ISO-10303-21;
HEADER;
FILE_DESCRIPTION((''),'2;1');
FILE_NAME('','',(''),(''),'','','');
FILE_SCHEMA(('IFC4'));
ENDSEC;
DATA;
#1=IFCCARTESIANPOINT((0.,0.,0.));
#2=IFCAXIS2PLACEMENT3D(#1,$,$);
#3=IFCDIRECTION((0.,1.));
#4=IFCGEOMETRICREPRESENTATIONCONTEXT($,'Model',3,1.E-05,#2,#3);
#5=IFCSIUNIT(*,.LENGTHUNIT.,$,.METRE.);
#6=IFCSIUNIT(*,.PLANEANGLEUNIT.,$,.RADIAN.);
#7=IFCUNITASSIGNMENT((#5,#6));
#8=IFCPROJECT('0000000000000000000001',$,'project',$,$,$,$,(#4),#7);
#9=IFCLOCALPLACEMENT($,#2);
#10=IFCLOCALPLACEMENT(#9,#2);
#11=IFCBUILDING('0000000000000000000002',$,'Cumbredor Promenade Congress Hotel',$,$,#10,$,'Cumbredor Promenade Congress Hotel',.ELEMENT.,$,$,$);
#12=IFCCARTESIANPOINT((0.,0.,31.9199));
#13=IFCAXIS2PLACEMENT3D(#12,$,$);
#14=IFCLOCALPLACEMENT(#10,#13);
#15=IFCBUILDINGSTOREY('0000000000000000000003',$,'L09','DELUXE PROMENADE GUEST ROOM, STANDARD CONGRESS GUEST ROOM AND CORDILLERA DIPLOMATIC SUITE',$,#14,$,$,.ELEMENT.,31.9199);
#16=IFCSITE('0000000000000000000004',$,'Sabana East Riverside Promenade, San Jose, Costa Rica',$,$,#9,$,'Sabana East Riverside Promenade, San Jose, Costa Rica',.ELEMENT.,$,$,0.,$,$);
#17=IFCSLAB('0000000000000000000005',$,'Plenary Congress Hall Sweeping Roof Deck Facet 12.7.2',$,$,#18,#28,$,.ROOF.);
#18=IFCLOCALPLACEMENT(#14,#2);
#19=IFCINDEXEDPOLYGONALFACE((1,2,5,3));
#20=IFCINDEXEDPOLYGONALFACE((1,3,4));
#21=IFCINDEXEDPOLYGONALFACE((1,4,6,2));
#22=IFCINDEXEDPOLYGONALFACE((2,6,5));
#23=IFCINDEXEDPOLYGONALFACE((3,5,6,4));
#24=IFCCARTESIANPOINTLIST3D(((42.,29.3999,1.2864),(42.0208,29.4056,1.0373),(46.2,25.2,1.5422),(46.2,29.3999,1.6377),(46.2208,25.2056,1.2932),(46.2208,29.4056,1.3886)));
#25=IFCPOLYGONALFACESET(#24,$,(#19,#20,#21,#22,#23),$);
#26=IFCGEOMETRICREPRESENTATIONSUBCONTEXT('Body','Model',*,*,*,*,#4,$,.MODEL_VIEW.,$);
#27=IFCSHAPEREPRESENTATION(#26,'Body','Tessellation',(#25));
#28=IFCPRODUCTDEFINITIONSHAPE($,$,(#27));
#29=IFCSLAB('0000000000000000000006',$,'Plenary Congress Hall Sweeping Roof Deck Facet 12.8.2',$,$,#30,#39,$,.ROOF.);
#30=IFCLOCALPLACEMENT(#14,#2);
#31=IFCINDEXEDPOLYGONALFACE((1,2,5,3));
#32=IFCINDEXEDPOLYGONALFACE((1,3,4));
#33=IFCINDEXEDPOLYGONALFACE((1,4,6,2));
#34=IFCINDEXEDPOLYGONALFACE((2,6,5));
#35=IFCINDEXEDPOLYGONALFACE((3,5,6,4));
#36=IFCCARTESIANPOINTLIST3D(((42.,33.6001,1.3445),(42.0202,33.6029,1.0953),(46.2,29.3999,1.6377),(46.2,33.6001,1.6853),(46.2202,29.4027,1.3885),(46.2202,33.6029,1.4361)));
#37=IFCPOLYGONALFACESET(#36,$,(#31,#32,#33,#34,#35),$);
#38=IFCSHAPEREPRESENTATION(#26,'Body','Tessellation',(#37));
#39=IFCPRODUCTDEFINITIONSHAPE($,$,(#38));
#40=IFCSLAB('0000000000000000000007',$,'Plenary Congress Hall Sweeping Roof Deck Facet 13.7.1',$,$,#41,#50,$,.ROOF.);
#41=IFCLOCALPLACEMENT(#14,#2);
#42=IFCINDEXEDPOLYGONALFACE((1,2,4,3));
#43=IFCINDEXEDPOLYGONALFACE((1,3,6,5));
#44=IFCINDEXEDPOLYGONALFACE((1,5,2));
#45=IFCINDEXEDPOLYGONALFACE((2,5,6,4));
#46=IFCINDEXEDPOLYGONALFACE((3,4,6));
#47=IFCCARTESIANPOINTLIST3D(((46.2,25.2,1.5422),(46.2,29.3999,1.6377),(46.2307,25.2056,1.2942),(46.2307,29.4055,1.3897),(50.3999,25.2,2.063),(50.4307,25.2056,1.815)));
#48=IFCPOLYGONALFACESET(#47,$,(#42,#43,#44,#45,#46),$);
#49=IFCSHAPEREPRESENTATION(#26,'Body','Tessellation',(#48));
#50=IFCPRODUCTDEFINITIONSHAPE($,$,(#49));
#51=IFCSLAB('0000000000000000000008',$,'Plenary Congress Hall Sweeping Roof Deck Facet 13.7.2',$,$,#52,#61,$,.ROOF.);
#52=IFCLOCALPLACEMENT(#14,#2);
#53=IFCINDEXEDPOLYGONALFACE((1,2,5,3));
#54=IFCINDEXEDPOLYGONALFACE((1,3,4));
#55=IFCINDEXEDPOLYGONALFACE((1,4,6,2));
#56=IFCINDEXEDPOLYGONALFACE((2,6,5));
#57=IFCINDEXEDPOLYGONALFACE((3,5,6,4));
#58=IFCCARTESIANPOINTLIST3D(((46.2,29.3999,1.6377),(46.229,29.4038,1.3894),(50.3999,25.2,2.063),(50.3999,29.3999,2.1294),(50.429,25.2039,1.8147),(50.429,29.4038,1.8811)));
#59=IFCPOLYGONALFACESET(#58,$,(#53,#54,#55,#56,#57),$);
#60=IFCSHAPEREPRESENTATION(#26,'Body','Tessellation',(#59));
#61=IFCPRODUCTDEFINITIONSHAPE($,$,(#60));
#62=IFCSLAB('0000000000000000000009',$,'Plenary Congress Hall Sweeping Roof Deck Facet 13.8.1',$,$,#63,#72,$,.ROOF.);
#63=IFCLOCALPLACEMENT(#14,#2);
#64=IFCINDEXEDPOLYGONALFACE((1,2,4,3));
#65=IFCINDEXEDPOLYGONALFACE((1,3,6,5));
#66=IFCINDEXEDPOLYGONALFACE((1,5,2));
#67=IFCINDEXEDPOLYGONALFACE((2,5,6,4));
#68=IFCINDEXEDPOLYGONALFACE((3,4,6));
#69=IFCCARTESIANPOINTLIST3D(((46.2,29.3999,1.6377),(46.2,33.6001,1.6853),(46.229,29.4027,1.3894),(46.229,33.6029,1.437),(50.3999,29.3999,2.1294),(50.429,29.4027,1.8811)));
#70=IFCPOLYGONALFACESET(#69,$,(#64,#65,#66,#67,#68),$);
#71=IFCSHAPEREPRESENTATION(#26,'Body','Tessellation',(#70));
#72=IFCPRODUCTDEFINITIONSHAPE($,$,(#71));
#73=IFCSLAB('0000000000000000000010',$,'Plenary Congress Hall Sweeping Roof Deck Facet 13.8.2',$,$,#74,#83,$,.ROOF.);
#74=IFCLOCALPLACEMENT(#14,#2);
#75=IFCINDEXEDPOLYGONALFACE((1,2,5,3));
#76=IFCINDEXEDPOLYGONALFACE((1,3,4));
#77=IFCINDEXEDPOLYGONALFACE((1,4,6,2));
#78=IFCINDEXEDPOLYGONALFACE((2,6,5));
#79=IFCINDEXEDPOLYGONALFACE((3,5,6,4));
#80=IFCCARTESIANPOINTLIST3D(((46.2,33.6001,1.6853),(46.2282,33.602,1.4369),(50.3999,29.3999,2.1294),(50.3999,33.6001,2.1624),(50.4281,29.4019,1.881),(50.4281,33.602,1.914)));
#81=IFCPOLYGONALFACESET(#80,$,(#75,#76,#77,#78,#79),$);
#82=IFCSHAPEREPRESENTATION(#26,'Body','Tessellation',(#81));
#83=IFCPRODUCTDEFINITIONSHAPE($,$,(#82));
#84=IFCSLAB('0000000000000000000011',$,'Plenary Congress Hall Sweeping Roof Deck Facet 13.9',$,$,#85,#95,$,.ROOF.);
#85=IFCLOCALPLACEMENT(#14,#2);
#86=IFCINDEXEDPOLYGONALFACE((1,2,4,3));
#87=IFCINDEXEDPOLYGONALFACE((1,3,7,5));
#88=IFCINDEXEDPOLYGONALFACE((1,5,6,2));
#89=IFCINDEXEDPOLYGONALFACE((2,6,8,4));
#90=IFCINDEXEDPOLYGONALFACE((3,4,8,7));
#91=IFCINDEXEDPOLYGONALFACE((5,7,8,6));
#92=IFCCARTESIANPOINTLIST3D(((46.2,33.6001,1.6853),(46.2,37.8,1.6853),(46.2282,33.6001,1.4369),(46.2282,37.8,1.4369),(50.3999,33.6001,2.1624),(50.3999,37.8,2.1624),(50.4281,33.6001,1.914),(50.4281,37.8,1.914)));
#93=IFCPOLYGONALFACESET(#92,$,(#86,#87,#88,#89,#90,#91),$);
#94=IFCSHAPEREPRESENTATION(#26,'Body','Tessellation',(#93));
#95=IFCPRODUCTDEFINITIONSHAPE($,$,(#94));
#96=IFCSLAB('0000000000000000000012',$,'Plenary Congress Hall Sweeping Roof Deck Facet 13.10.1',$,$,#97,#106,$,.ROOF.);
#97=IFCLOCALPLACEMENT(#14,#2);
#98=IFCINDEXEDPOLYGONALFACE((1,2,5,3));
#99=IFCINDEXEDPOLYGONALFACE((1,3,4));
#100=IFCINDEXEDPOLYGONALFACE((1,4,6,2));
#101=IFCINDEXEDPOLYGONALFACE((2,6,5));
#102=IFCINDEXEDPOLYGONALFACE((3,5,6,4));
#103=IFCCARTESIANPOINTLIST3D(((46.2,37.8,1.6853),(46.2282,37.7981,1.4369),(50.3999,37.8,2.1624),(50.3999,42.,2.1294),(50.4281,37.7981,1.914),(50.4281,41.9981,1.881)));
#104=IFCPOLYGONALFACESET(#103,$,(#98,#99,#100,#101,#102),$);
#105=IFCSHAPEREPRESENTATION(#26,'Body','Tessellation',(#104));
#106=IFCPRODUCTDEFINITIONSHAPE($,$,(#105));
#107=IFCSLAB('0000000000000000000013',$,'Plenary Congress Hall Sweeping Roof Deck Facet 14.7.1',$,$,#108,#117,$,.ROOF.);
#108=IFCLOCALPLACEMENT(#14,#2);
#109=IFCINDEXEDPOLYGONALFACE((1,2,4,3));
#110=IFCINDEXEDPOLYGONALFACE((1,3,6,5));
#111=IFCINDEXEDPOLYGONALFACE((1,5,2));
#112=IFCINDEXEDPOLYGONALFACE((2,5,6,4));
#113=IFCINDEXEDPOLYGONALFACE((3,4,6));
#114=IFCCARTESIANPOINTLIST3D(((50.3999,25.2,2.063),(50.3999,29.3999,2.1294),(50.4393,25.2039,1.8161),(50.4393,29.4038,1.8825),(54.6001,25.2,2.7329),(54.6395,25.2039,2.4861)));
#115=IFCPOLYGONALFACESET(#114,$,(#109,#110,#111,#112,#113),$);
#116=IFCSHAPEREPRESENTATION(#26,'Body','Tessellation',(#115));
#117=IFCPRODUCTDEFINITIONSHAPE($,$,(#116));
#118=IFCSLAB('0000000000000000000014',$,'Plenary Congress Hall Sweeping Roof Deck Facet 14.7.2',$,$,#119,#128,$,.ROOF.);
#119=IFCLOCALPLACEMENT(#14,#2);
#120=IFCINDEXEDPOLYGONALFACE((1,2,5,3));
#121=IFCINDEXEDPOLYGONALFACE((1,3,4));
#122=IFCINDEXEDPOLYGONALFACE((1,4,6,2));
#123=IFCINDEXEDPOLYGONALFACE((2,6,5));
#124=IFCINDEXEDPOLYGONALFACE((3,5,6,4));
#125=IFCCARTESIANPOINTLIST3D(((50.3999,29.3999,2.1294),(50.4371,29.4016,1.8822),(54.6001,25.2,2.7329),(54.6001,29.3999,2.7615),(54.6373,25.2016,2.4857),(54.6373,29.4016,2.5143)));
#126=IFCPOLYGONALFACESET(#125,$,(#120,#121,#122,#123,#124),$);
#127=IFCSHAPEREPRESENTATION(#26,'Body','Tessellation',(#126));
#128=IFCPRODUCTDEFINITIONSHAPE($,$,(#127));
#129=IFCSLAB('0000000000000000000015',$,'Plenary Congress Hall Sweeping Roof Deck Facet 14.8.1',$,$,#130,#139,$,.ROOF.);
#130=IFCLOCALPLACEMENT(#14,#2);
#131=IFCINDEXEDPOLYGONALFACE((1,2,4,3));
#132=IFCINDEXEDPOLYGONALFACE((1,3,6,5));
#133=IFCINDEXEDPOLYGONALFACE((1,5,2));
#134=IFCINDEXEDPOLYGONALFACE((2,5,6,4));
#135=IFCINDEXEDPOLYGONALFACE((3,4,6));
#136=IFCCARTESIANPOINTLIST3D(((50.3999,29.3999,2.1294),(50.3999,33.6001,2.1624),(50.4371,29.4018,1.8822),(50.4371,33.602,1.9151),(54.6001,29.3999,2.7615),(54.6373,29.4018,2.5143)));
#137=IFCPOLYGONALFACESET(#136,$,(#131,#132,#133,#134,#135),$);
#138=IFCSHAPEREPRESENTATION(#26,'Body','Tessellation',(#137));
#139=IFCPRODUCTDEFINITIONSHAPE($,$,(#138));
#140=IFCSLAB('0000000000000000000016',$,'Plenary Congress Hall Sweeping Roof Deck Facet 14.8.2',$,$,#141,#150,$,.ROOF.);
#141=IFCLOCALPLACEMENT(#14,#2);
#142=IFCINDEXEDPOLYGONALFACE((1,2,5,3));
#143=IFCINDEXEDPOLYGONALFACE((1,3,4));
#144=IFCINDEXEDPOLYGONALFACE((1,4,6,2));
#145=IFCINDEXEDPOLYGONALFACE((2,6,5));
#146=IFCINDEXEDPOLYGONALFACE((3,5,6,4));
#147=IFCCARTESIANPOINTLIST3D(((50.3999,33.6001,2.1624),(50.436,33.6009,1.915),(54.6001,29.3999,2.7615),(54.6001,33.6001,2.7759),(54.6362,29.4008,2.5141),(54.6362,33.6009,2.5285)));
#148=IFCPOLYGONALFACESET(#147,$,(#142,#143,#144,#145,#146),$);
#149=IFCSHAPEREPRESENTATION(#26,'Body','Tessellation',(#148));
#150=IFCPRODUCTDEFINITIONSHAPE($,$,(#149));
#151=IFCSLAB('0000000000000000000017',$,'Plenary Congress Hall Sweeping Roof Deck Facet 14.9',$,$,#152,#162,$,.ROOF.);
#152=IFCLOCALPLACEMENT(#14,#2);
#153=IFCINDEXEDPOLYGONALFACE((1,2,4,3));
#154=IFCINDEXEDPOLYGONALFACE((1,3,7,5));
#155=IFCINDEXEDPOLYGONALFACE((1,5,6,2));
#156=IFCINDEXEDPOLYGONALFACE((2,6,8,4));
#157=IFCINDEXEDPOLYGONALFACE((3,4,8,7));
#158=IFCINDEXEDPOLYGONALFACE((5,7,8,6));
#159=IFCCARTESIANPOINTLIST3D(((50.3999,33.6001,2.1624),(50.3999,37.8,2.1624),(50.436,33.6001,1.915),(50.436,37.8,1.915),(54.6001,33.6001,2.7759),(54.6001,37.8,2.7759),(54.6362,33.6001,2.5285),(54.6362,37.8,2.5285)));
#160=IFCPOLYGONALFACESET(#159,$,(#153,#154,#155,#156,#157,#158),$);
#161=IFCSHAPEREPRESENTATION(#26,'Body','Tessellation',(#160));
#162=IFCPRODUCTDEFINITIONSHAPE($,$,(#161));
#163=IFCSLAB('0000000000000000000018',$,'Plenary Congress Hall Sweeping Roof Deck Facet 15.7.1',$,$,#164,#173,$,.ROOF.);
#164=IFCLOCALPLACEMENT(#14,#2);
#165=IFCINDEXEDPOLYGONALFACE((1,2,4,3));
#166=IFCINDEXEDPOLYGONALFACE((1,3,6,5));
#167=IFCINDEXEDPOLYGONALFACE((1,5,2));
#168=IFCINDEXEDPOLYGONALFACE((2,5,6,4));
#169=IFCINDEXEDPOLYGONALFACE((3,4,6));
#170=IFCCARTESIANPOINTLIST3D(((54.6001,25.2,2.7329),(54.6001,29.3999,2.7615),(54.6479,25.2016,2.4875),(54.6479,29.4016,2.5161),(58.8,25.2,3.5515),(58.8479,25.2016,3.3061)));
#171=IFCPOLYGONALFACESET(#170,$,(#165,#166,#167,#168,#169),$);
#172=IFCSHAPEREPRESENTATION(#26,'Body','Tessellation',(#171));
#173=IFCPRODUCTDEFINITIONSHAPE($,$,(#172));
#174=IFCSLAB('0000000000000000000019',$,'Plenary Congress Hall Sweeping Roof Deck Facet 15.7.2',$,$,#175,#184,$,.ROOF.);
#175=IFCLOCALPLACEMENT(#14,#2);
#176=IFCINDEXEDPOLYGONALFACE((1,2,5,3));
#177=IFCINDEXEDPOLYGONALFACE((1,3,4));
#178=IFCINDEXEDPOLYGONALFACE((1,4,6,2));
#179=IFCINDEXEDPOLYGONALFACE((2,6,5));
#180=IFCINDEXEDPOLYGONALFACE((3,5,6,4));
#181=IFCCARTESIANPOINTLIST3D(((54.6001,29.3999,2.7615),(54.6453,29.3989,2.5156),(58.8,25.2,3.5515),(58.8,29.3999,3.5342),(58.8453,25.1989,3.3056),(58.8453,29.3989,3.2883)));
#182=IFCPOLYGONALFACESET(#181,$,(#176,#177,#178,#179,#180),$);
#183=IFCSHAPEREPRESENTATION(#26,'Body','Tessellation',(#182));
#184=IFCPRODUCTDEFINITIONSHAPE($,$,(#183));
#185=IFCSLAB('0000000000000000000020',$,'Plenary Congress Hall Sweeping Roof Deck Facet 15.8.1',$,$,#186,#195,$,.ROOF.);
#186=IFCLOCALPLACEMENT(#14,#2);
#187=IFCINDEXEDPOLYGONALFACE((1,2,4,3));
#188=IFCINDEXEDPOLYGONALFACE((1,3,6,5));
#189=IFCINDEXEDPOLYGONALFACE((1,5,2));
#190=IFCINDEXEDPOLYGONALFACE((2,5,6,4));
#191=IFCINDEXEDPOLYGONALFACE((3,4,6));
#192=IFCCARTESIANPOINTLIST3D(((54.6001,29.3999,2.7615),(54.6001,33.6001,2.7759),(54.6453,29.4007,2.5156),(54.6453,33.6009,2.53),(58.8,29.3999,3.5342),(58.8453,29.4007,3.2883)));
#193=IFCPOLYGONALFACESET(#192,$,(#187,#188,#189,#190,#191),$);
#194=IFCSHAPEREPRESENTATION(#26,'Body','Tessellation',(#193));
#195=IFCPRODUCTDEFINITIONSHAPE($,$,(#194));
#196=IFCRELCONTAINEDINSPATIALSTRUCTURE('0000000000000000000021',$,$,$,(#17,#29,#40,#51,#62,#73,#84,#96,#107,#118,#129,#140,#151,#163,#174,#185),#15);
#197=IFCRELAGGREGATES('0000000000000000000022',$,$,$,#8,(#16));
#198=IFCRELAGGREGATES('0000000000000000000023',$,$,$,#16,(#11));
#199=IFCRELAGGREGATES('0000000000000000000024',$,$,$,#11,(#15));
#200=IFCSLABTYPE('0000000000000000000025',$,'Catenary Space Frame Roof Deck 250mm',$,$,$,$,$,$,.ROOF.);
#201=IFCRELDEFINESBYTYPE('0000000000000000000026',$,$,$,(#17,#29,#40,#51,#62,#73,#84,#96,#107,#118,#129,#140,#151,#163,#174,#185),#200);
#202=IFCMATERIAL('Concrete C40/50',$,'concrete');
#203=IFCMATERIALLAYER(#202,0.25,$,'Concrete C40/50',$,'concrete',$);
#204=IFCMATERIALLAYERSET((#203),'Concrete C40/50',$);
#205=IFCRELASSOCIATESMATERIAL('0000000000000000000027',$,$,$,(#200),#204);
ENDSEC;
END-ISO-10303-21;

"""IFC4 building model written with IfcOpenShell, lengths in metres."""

from ifc_helpers import new_model, si_unit, direction, frame, origin, place, context, subcontext, project, spatial, polyline, outline, extrude, material, layer, layer_set, type_object, element, save


model = new_model("IFC4")

# Units and contexts
model_context = context("Model", 3, precision=1e-05, world=origin(), true_north=direction((0.0, 1.0)))
body_context = subcontext(model_context, "Body", "Model", "MODEL_VIEW")
ifc_project = project(units=[si_unit("LENGTHUNIT", "METRE"), si_unit("PLANEANGLEUNIT", "RADIAN")], contexts=[model_context])

# Site, building, storey
site_placement = place(None, origin())
site = spatial("IfcSite", under=ifc_project, at=site_placement, Name="Sabana East Riverside Promenade, San Jose, Costa Rica", LongName="Sabana East Riverside Promenade, San Jose, Costa Rica", CompositionType="ELEMENT", RefElevation=0.0)
building_placement = place(site_placement, origin())
building = spatial("IfcBuilding", under=site, at=building_placement, Name="Cumbredor Promenade Congress Hotel", LongName="Cumbredor Promenade Congress Hotel", CompositionType="ELEMENT")
storey_placement = place(building_placement, frame((0.0, 0.0, 31.9199)))
storey = spatial("IfcBuildingStorey", under=building, at=storey_placement, Name="L09", Description="DELUXE PROMENADE GUEST ROOM, STANDARD CONGRESS GUEST ROOM AND CORDILLERA DIPLOMATIC SUITE", CompositionType="ELEMENT", Elevation=31.9199)

# Slabs
ifc_material_1 = material(Name="Concrete C40/50", Category="concrete")
ifc_layer_1 = layer(ifc_material_1, 0.25, Name="Concrete C40/50", Category="concrete")
ifc_layer_set_1 = layer_set([ifc_layer_1], Name="Concrete C40/50")
slab_type = type_object("IfcSlabType", Name="Catenary Space Frame Roof Deck 250mm", PredefinedType="ROOF", material=ifc_layer_set_1)
slab_1_placement = place(storey_placement, frame((46.2, 25.2, 1.5422), z_axis=(-0.083336, -0.022644, 0.996264), x_axis=(0.0, 0.999742, 0.022723)))
element("IfcSlab", 1, at=slab_1_placement, inside=storey, type_object=slab_type, Name="Plenary Congress Hall Sweeping Roof Deck Facet 12.7.2", PredefinedType="ROOF", context=body_context, shape_type="SweptSolid", body=[
    extrude(outline(polyline([(0.0, 0.0), (4.201, 0.0), (4.1931, 4.2146), (0.0, 0.0)])), origin(), (0.0, 0.0, -1.0), 0.25),
])
slab_2_placement = place(storey_placement, frame((46.2, 29.3999, 1.6377), z_axis=(-0.080878, -0.011297, 0.99666), x_axis=(0.0, 0.999936, 0.011334)))
element("IfcSlab", 2, at=slab_2_placement, inside=storey, type_object=slab_type, Name="Plenary Congress Hall Sweeping Roof Deck Facet 12.8.2", PredefinedType="ROOF", context=body_context, shape_type="SweptSolid", body=[
    extrude(outline(polyline([(0.0, 0.0), (4.2005, 0.0), (4.1966, 4.2138), (0.0, 0.0)])), origin(), (0.0, 0.0, -1.0), 0.25),
])
slab_3_placement = place(storey_placement, frame((46.2, 25.2, 1.5422), z_axis=(-0.123016, -0.02255, 0.992148), x_axis=(0.992401, 0.0, 0.123048)))
element("IfcSlab", 3, at=slab_3_placement, inside=storey, type_object=slab_type, Name="Plenary Congress Hall Sweeping Roof Deck Facet 13.7.1", PredefinedType="ROOF", context=body_context, shape_type="SweptSolid", body=[
    extrude(outline(polyline([(0.0, 0.0), (4.2321, 0.0), (0.0117, 4.201), (0.0, 0.0)])), origin(), (0.0, 0.0, -1.0), 0.25),
])
slab_4_placement = place(storey_placement, frame((50.3999, 25.2, 2.063), z_axis=(-0.116264, -0.015702, 0.993094), x_axis=(0.0, 0.999875, 0.015809)))
element("IfcSlab", 4, at=slab_4_placement, inside=storey, type_object=slab_type, Name="Plenary Congress Hall Sweeping Roof Deck Facet 13.7.2", PredefinedType="ROOF", context=body_context, shape_type="SweptSolid", body=[
    extrude(outline(polyline([(0.0, 0.0), (4.2005, 0.0), (4.1927, 4.2286), (0.0, 0.0)])), origin(), (0.0, 0.0, -1.0), 0.25),
])
slab_5_placement = place(storey_placement, frame((46.2, 29.3999, 1.6377), z_axis=(-0.116271, -0.011257, 0.993154), x_axis=(0.993217, 0.0, 0.116278)))
element("IfcSlab", 5, at=slab_5_placement, inside=storey, type_object=slab_type, Name="Plenary Congress Hall Sweeping Roof Deck Facet 13.8.1", PredefinedType="ROOF", context=body_context, shape_type="SweptSolid", body=[
    extrude(outline(polyline([(0.0, 0.0), (4.2286, 0.0), (0.0055, 4.2005), (0.0, 0.0)])), origin(), (0.0, 0.0, -1.0), 0.25),
])
slab_6_placement = place(storey_placement, frame((50.3999, 29.3999, 2.1294), z_axis=(-0.112856, -0.007797, 0.993581), x_axis=(0.0, 0.999969, 0.007847)))
element("IfcSlab", 6, at=slab_6_placement, inside=storey, type_object=slab_type, Name="Plenary Congress Hall Sweeping Roof Deck Facet 13.8.2", PredefinedType="ROOF", context=body_context, shape_type="SweptSolid", body=[
    extrude(outline(polyline([(0.0, 0.0), (4.2003, 0.0), (4.1966, 4.227), (0.0, 0.0)])), origin(), (0.0, 0.0, -1.0), 0.25),
])
slab_7_placement = place(storey_placement, frame((46.2, 33.6001, 1.6853), z_axis=(-0.112859, 0.0, 0.993611), x_axis=(0.993611, 0.0, 0.112859)))
element("IfcSlab", 7, at=slab_7_placement, inside=storey, type_object=slab_type, Name="Plenary Congress Hall Sweeping Roof Deck Facet 13.9", PredefinedType="ROOF", context=body_context, shape_type="SweptSolid", body=[
    extrude(outline(polyline([(0.0, 0.0), (4.227, 0.0), (4.227, 4.2), (0.0, 4.2), (0.0, 0.0)])), origin(), (0.0, 0.0, -1.0), 0.25),
])
slab_8_placement = place(storey_placement, frame((46.2, 37.8, 1.6853), z_axis=(-0.112856, 0.007797, 0.993581), x_axis=(0.993611, 0.0, 0.112859)))
element("IfcSlab", 8, at=slab_8_placement, inside=storey, type_object=slab_type, Name="Plenary Congress Hall Sweeping Roof Deck Facet 13.10.1", PredefinedType="ROOF", context=body_context, shape_type="SweptSolid", body=[
    extrude(outline(polyline([(0.0, 0.0), (4.227, 0.0), (4.2232, 4.2001), (0.0, 0.0)])), origin(), (0.0, 0.0, -1.0), 0.25),
])
slab_9_placement = place(storey_placement, frame((50.3999, 25.2, 2.063), z_axis=(-0.157488, -0.015612, 0.987398), x_axis=(0.987518, 0.0, 0.157507)))
element("IfcSlab", 9, at=slab_9_placement, inside=storey, type_object=slab_type, Name="Plenary Congress Hall Sweeping Roof Deck Facet 14.7.1", PredefinedType="ROOF", context=body_context, shape_type="SweptSolid", body=[
    extrude(outline(polyline([(0.0, 0.0), (4.2533, 0.0), (0.0105, 4.2005), (0.0, 0.0)])), origin(), (0.0, 0.0, -1.0), 0.25),
])
slab_10_placement = place(storey_placement, frame((54.6001, 25.2, 2.7329), z_axis=(-0.148809, -0.006725, 0.988843), x_axis=(0.0, 0.999977, 0.006801)))
element("IfcSlab", 10, at=slab_10_placement, inside=storey, type_object=slab_type, Name="Plenary Congress Hall Sweeping Roof Deck Facet 14.7.2", PredefinedType="ROOF", context=body_context, shape_type="SweptSolid", body=[
    extrude(outline(polyline([(0.0, 0.0), (4.2, 0.0), (4.1957, 4.2475), (0.0, 0.0)])), origin(), (0.0, 0.0, -1.0), 0.25),
])
slab_11_placement = place(storey_placement, frame((50.3999, 29.3999, 2.1294), z_axis=(-0.148808, -0.007759, 0.988836), x_axis=(0.988865, 0.0, 0.148813)))
element("IfcSlab", 11, at=slab_11_placement, inside=storey, type_object=slab_type, Name="Plenary Congress Hall Sweeping Roof Deck Facet 14.8.1", PredefinedType="ROOF", context=body_context, shape_type="SweptSolid", body=[
    extrude(outline(polyline([(0.0, 0.0), (4.2475, 0.0), (0.0049, 4.2003), (0.0, 0.0)])), origin(), (0.0, 0.0, -1.0), 0.25),
])
slab_12_placement = place(storey_placement, frame((54.6001, 29.3999, 2.7615), z_axis=(-0.144536, -0.003393, 0.989494), x_axis=(0.0, 0.999994, 0.003429)))
element("IfcSlab", 12, at=slab_12_placement, inside=storey, type_object=slab_type, Name="Plenary Congress Hall Sweeping Roof Deck Facet 14.8.2", PredefinedType="ROOF", context=body_context, shape_type="SweptSolid", body=[
    extrude(outline(polyline([(0.0, 0.0), (4.2002, 0.0), (4.1981, 4.2448), (0.0, 0.0)])), origin(), (0.0, 0.0, -1.0), 0.25),
])
slab_13_placement = place(storey_placement, frame((50.3999, 33.6001, 2.1624), z_axis=(-0.144537, 0.0, 0.989499), x_axis=(0.989499, 0.0, 0.144537)))
element("IfcSlab", 13, at=slab_13_placement, inside=storey, type_object=slab_type, Name="Plenary Congress Hall Sweeping Roof Deck Facet 14.9", PredefinedType="ROOF", context=body_context, shape_type="SweptSolid", body=[
    extrude(outline(polyline([(0.0, 0.0), (4.2448, 0.0), (4.2448, 4.2), (0.0, 4.2), (0.0, 0.0)])), origin(), (0.0, 0.0, -1.0), 0.25),
])
slab_14_placement = place(storey_placement, frame((54.6001, 25.2, 2.7329), z_axis=(-0.191304, -0.006675, 0.981508), x_axis=(0.98153, 0.0, 0.191308)))
element("IfcSlab", 14, at=slab_14_placement, inside=storey, type_object=slab_type, Name="Plenary Congress Hall Sweeping Roof Deck Facet 15.7.1", PredefinedType="ROOF", context=body_context, shape_type="SweptSolid", body=[
    extrude(outline(polyline([(0.0, 0.0), (4.279, 0.0), (0.0055, 4.2), (0.0, 0.0)])), origin(), (0.0, 0.0, -1.0), 0.25),
])
slab_15_placement = place(storey_placement, frame((58.8, 25.2, 3.5515), z_axis=(-0.180941, 0.004059, 0.983486), x_axis=(0.0, 0.999991, -0.004127)))
element("IfcSlab", 15, at=slab_15_placement, inside=storey, type_object=slab_type, Name="Plenary Congress Hall Sweeping Roof Deck Facet 15.7.2", PredefinedType="ROOF", context=body_context, shape_type="SweptSolid", body=[
    extrude(outline(polyline([(0.0, 0.0), (4.2, 0.0), (4.2032, 4.2704), (0.0, 0.0)])), origin(), (0.0, 0.0, -1.0), 0.25),
])
slab_16_placement = place(storey_placement, frame((54.6001, 29.3999, 2.7615), z_axis=(-0.180942, -0.003373, 0.983488), x_axis=(0.983494, 0.0, 0.180943)))
element("IfcSlab", 16, at=slab_16_placement, inside=storey, type_object=slab_type, Name="Plenary Congress Hall Sweeping Roof Deck Facet 15.8.1", PredefinedType="ROOF", context=body_context, shape_type="SweptSolid", body=[
    extrude(outline(polyline([(0.0, 0.0), (4.2704, 0.0), (0.0026, 4.2002), (0.0, 0.0)])), origin(), (0.0, 0.0, -1.0), 0.25),
])

save(model, "model.ifc")
